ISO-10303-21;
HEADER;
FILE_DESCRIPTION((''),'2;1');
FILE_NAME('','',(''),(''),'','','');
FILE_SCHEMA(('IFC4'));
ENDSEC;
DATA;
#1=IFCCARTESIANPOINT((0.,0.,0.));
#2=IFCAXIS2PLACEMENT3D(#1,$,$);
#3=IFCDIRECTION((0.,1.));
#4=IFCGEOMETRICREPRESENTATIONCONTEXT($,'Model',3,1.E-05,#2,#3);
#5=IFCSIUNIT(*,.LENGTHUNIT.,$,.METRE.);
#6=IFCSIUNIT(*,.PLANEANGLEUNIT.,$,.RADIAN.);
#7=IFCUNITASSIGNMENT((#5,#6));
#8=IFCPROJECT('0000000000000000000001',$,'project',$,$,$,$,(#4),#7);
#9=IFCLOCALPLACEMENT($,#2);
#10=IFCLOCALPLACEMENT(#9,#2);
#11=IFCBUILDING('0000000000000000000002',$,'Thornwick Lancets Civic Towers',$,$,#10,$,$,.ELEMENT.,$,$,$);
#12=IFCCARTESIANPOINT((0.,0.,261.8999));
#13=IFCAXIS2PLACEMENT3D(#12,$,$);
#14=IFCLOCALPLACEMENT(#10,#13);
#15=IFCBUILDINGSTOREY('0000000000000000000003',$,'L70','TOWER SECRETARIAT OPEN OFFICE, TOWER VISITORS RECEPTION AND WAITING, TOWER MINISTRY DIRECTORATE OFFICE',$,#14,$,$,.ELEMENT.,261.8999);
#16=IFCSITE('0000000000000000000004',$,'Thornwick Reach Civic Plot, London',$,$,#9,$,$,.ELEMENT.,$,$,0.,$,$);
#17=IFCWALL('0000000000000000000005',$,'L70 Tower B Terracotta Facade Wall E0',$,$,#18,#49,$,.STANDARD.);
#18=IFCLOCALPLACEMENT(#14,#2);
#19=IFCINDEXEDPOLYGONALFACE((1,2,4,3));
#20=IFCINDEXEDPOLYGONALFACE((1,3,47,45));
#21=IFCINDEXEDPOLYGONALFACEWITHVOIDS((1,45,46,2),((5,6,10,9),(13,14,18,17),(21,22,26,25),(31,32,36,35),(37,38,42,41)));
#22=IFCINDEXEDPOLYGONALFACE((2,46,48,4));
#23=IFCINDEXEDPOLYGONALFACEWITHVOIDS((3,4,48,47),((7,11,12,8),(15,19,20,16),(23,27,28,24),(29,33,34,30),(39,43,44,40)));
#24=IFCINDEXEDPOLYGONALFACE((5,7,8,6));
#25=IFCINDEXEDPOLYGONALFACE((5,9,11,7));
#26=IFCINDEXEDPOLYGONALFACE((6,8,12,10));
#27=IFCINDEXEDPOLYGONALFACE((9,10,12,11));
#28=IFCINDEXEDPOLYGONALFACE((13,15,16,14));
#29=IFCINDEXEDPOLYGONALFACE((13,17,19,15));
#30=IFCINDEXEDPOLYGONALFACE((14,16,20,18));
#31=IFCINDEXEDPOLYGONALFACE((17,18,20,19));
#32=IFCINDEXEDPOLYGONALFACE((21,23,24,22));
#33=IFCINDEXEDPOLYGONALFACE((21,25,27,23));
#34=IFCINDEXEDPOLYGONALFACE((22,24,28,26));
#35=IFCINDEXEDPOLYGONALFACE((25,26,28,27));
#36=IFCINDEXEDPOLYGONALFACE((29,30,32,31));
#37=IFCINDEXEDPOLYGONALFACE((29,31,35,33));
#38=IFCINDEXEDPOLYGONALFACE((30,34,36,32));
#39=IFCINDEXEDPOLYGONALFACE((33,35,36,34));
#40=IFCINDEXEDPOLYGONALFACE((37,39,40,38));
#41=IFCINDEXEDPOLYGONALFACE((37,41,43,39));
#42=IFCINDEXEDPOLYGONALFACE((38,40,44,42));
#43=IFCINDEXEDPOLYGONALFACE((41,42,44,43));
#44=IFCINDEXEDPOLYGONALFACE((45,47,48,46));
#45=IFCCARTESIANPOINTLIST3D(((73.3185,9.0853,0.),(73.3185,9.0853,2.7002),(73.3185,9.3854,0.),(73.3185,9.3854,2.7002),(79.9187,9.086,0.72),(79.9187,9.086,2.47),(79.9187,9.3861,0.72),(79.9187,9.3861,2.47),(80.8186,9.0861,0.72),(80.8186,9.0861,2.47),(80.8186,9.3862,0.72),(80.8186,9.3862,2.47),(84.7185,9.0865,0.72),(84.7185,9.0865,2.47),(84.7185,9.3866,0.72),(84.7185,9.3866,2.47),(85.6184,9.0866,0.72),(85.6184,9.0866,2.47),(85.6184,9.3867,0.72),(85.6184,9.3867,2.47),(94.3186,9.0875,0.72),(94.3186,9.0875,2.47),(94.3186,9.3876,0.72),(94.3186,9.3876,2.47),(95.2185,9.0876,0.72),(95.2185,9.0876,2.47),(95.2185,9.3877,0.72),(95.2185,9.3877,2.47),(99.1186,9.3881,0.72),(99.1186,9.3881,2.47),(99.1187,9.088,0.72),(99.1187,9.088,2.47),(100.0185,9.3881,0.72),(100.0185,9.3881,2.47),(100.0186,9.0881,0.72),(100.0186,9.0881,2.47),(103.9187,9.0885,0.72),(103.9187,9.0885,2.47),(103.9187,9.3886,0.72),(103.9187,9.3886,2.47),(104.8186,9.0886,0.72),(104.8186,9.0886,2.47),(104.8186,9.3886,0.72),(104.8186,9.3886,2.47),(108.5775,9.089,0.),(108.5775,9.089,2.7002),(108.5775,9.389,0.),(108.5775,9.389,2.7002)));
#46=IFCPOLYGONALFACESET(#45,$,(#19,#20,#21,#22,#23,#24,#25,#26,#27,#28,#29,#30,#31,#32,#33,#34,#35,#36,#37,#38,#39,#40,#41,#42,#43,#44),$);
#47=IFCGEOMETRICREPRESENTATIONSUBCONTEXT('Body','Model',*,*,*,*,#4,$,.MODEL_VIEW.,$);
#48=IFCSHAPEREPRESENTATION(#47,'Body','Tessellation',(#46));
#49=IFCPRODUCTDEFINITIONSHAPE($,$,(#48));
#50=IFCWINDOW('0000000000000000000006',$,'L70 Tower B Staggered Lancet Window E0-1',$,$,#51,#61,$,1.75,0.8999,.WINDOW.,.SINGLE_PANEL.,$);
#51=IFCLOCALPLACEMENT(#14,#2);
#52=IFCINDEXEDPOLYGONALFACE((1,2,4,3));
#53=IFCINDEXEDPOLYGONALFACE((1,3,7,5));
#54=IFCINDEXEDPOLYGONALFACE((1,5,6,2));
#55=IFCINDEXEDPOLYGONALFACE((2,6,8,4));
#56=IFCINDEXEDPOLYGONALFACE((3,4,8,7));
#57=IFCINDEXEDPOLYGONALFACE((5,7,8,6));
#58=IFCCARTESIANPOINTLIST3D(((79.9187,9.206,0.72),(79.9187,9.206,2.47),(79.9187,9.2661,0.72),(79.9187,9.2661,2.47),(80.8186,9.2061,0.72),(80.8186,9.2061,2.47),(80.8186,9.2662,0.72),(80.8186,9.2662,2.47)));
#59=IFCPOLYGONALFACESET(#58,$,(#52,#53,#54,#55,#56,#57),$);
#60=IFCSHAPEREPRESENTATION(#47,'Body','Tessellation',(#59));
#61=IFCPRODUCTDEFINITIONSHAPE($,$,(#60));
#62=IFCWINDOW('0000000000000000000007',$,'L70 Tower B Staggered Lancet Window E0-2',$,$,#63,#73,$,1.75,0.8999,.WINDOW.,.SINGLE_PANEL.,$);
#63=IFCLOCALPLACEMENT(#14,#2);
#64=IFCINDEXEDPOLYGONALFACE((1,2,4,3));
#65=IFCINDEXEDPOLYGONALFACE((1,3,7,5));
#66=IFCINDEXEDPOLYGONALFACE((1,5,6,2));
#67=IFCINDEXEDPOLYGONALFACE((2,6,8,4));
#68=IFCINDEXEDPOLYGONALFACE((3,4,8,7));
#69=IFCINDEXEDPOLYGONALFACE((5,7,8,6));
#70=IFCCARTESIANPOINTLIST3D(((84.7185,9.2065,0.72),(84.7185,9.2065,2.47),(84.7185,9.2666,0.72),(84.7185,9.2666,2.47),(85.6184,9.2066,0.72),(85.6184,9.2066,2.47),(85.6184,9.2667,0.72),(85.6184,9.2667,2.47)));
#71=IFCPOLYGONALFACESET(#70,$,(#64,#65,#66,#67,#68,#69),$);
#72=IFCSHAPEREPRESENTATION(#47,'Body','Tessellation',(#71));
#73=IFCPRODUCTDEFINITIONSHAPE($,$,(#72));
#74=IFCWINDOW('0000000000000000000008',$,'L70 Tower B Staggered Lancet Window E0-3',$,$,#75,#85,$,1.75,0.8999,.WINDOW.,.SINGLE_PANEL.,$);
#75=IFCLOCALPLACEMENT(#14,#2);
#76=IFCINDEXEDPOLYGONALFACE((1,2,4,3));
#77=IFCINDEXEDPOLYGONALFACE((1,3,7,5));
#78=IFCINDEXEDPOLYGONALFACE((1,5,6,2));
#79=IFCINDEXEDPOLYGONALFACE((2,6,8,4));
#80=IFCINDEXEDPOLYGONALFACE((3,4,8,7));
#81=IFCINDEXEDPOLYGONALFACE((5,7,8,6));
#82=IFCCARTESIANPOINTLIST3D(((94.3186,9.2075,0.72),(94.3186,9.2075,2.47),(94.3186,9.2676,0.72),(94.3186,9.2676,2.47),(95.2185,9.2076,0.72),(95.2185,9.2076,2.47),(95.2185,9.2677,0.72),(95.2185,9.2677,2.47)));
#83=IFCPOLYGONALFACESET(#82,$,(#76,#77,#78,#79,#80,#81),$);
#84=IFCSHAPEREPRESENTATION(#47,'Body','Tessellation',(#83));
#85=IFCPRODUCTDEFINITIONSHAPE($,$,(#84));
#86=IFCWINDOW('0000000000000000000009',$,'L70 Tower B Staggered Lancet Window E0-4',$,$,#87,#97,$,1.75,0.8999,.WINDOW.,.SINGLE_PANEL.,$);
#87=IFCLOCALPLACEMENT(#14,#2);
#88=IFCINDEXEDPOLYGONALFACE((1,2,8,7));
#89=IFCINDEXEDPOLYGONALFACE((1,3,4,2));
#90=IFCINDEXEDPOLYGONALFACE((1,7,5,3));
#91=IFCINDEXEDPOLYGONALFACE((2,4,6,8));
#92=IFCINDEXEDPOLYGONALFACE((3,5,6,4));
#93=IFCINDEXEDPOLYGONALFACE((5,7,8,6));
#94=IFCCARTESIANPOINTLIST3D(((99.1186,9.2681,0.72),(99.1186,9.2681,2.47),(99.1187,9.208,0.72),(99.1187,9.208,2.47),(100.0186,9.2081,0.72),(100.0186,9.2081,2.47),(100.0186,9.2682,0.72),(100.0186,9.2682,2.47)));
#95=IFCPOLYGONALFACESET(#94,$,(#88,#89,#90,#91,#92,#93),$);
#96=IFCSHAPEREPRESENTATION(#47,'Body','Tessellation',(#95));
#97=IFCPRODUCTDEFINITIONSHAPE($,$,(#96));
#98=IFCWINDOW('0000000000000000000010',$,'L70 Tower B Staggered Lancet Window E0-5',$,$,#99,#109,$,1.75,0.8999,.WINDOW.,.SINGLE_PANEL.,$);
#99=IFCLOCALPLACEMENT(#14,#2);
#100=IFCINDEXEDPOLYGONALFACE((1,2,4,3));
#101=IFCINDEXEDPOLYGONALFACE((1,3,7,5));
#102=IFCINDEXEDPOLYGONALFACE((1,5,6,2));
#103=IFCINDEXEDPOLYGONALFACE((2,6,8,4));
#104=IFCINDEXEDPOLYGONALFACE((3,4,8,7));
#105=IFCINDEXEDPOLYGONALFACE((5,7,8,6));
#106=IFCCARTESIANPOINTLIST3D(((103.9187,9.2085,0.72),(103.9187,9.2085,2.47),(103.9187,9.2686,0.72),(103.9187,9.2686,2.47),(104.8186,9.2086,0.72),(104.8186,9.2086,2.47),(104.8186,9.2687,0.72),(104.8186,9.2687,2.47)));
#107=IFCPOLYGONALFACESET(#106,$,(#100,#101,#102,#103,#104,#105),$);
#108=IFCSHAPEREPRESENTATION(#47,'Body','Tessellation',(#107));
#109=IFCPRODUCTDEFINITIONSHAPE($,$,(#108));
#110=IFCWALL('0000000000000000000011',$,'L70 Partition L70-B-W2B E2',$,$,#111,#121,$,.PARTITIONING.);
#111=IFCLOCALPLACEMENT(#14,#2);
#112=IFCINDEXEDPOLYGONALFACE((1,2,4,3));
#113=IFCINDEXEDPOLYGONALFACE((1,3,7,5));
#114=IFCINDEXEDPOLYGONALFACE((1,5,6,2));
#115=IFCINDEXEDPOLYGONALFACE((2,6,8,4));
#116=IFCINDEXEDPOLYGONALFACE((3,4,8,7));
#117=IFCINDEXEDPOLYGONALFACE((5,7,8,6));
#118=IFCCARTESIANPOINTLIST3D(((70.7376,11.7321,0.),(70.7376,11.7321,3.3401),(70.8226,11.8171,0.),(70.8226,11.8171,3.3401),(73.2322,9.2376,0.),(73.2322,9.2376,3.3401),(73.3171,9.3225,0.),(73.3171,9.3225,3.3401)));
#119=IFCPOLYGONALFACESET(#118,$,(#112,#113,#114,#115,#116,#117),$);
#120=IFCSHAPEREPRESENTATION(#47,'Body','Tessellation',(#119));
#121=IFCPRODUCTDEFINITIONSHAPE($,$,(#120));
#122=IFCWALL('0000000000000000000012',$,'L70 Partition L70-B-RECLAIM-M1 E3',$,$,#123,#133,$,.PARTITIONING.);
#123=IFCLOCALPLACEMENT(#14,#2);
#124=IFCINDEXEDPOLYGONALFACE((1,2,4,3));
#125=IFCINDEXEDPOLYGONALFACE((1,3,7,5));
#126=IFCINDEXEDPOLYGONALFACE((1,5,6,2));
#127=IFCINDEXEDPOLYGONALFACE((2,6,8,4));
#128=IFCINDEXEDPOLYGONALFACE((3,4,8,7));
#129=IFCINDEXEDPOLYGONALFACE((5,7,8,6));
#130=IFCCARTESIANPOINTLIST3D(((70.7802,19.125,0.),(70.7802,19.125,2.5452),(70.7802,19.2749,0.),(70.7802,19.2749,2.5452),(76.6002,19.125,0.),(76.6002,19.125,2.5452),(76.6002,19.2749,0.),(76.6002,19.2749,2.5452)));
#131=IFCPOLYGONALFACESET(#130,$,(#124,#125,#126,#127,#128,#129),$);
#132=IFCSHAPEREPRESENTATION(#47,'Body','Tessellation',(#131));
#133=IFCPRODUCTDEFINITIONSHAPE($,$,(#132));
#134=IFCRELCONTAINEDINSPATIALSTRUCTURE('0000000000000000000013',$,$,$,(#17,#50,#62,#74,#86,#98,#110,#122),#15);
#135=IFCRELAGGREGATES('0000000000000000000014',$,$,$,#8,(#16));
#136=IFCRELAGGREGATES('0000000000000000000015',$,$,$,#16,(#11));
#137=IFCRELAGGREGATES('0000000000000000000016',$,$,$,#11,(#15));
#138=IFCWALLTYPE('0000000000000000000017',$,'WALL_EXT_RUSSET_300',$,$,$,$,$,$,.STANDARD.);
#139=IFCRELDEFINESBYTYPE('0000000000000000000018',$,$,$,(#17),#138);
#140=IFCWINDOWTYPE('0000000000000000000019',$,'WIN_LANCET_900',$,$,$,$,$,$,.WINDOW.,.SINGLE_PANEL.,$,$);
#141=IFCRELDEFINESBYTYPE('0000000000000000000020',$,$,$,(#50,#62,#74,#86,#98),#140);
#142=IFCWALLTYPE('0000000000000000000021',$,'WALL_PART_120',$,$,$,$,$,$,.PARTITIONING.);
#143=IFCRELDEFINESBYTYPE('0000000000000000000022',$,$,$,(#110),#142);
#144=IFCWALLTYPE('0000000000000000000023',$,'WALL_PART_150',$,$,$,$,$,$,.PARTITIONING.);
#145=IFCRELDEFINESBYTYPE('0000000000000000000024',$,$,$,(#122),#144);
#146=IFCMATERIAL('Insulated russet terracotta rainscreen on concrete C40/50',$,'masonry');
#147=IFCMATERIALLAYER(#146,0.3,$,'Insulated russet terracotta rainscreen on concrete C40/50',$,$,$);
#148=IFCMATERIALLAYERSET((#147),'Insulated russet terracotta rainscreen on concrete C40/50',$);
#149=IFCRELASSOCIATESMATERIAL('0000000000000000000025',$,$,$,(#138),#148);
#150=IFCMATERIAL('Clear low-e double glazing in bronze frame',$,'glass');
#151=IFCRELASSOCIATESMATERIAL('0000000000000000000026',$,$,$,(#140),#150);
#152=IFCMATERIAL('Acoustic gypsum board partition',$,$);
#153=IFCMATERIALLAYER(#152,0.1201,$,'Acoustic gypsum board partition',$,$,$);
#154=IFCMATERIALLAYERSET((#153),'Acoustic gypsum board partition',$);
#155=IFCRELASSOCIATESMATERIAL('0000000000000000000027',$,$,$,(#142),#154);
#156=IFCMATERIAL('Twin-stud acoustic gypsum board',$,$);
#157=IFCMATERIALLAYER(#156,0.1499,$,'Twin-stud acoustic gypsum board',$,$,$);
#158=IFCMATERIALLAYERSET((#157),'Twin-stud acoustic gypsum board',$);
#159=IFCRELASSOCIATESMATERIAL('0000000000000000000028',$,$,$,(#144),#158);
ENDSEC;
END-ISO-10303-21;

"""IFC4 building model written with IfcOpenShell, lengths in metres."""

from ifc_helpers import new_model, si_unit, direction, frame, frame_2d, origin, place, context, subcontext, project, spatial, rectangle, extrude, material, layer, layer_set, type_object, element, fill, save


model = new_model("IFC4")

# Units and contexts
model_context = context("Model", 3, precision=1e-05, world=origin(), true_north=direction((0.0, 1.0)))
body_context = subcontext(model_context, "Body", "Model", "MODEL_VIEW")
ifc_project = project(units=[si_unit("LENGTHUNIT", "METRE"), si_unit("PLANEANGLEUNIT", "RADIAN")], contexts=[model_context])

# Site, building, storey
site_placement = place(None, origin())
site = spatial("IfcSite", under=ifc_project, at=site_placement, Name="Thornwick Reach Civic Plot, London", CompositionType="ELEMENT", RefElevation=0.0)
building_placement = place(site_placement, origin())
building = spatial("IfcBuilding", under=site, at=building_placement, Name="Thornwick Lancets Civic Towers", CompositionType="ELEMENT")
storey_placement = place(building_placement, frame((0.0, 0.0, 261.8999)))
storey = spatial("IfcBuildingStorey", under=building, at=storey_placement, Name="L70", Description="TOWER SECRETARIAT OPEN OFFICE, TOWER VISITORS RECEPTION AND WAITING, TOWER MINISTRY DIRECTORATE OFFICE", CompositionType="ELEMENT", Elevation=261.8999)

# Wall, openings, windows
ifc_material_1 = material(Name="Insulated russet terracotta rainscreen on concrete C40/50", Category="masonry")
ifc_layer_1 = layer(ifc_material_1, 0.3, Name="Insulated russet terracotta rainscreen on concrete C40/50")
ifc_layer_set_1 = layer_set([ifc_layer_1], Name="Insulated russet terracotta rainscreen on concrete C40/50")
wall_type_1 = type_object("IfcWallType", Name="WALL_EXT_RUSSET_300", PredefinedType="STANDARD", material=ifc_layer_set_1)
ifc_material_2 = material(Name="Clear low-e double glazing in bronze frame", Category="glass")
window_type = type_object("IfcWindowType", Name="WIN_LANCET_900", PartitioningType="SINGLE_PANEL", PredefinedType="WINDOW", material=ifc_material_2)
wall_1_placement = place(storey_placement, frame((73.3186, 9.2354, 0.0), z_axis=(0.0, 0.0, 1.0), x_axis=(1.0, 0.000104, 0.0)))
wall_1 = element("IfcWall", 1, at=wall_1_placement, inside=storey, type_object=wall_type_1, Name="L70 Tower B Terracotta Facade Wall E0", PredefinedType="STANDARD", context=body_context, shape_type="SweptSolid", body=[
    extrude(rectangle(XDim=35.259, YDim=0.3, at=frame_2d((17.6294, 0.0))), origin(), (0.0, 0.0, 1.0), 2.7002),
])
opening_1_placement = place(wall_1_placement, frame((6.6001, 0.0, 0.72)))
opening_1 = element("IfcOpeningElement", 2, at=opening_1_placement, cuts=wall_1, PredefinedType="OPENING", context=body_context, shape_type="SweptSolid", body=[
    extrude(rectangle(XDim=0.8999, YDim=1.75, at=frame_2d((0.45, 0.875))), frame((0.0, 0.1602, 0.0), z_axis=(0.0, -1.0, 0.0), x_axis=(1.0, 0.0, 0.0)), (0.0, 0.0, 1.0), 0.3201),
])
opening_2_placement = place(wall_1_placement, frame((11.3999, 0.0, 0.72)))
opening_2 = element("IfcOpeningElement", 3, at=opening_2_placement, cuts=wall_1, PredefinedType="OPENING", context=body_context, shape_type="SweptSolid", body=[
    extrude(rectangle(XDim=0.8999, YDim=1.75, at=frame_2d((0.45, 0.875))), frame((0.0, 0.1602, 0.0), z_axis=(0.0, -1.0, 0.0), x_axis=(1.0, 0.0, 0.0)), (0.0, 0.0, 1.0), 0.3201),
])
opening_3_placement = place(wall_1_placement, frame((21.0, 0.0, 0.72)))
opening_3 = element("IfcOpeningElement", 4, at=opening_3_placement, cuts=wall_1, PredefinedType="OPENING", context=body_context, shape_type="SweptSolid", body=[
    extrude(rectangle(XDim=0.8999, YDim=1.75, at=frame_2d((0.45, 0.875))), frame((0.0, 0.1602, 0.0), z_axis=(0.0, -1.0, 0.0), x_axis=(1.0, 0.0, 0.0)), (0.0, 0.0, 1.0), 0.3201),
])
opening_4_placement = place(wall_1_placement, frame((25.8, 0.0, 0.72)))
opening_4 = element("IfcOpeningElement", 5, at=opening_4_placement, cuts=wall_1, PredefinedType="OPENING", context=body_context, shape_type="SweptSolid", body=[
    extrude(rectangle(XDim=0.8999, YDim=1.75, at=frame_2d((0.45, 0.875))), frame((0.0, 0.1602, 0.0), z_axis=(0.0, -1.0, 0.0), x_axis=(1.0, 0.0, 0.0)), (0.0, 0.0, 1.0), 0.3201),
])
opening_5_placement = place(wall_1_placement, frame((30.6001, 0.0, 0.72)))
opening_5 = element("IfcOpeningElement", 6, at=opening_5_placement, cuts=wall_1, PredefinedType="OPENING", context=body_context, shape_type="SweptSolid", body=[
    extrude(rectangle(XDim=0.8999, YDim=1.75, at=frame_2d((0.45, 0.875))), frame((0.0, 0.1602, 0.0), z_axis=(0.0, -1.0, 0.0), x_axis=(1.0, 0.0, 0.0)), (0.0, 0.0, 1.0), 0.3201),
])
window_1_placement = place(opening_1_placement, origin())
window_1 = element("IfcWindow", 7, at=window_1_placement, inside=storey, type_object=window_type, Name="L70 Tower B Staggered Lancet Window E0-1", OverallHeight=1.75, OverallWidth=0.8999, PartitioningType="SINGLE_PANEL", PredefinedType="WINDOW", context=body_context, shape_type="SweptSolid", body=[
    extrude(rectangle(XDim=0.8999, YDim=1.75, at=frame_2d((0.45, 0.875))), frame((0.0, 0.03, 0.0), z_axis=(0.0, -1.0, 0.0), x_axis=(1.0, 0.0, 0.0)), (0.0, 0.0, 1.0), 0.0601),
])
fill(opening_1, window_1)
window_2_placement = place(opening_2_placement, origin())
window_2 = element("IfcWindow", 8, at=window_2_placement, inside=storey, type_object=window_type, Name="L70 Tower B Staggered Lancet Window E0-2", OverallHeight=1.75, OverallWidth=0.8999, PartitioningType="SINGLE_PANEL", PredefinedType="WINDOW", context=body_context, shape_type="SweptSolid", body=[
    extrude(rectangle(XDim=0.8999, YDim=1.75, at=frame_2d((0.45, 0.875))), frame((0.0, 0.03, 0.0), z_axis=(0.0, -1.0, 0.0), x_axis=(1.0, 0.0, 0.0)), (0.0, 0.0, 1.0), 0.0601),
])
fill(opening_2, window_2)
window_3_placement = place(opening_3_placement, origin())
window_3 = element("IfcWindow", 9, at=window_3_placement, inside=storey, type_object=window_type, Name="L70 Tower B Staggered Lancet Window E0-3", OverallHeight=1.75, OverallWidth=0.8999, PartitioningType="SINGLE_PANEL", PredefinedType="WINDOW", context=body_context, shape_type="SweptSolid", body=[
    extrude(rectangle(XDim=0.8999, YDim=1.75, at=frame_2d((0.45, 0.875))), frame((0.0, 0.03, 0.0), z_axis=(0.0, -1.0, 0.0), x_axis=(1.0, 0.0, 0.0)), (0.0, 0.0, 1.0), 0.0601),
])
fill(opening_3, window_3)
window_4_placement = place(opening_4_placement, origin())
window_4 = element("IfcWindow", 10, at=window_4_placement, inside=storey, type_object=window_type, Name="L70 Tower B Staggered Lancet Window E0-4", OverallHeight=1.75, OverallWidth=0.8999, PartitioningType="SINGLE_PANEL", PredefinedType="WINDOW", context=body_context, shape_type="SweptSolid", body=[
    extrude(rectangle(XDim=0.8999, YDim=1.75, at=frame_2d((0.45, 0.875))), frame((0.0, 0.03, 0.0), z_axis=(0.0, -1.0, 0.0), x_axis=(1.0, 0.0, 0.0)), (0.0, 0.0, 1.0), 0.0601),
])
fill(opening_4, window_4)
window_5_placement = place(opening_5_placement, origin())
window_5 = element("IfcWindow", 11, at=window_5_placement, inside=storey, type_object=window_type, Name="L70 Tower B Staggered Lancet Window E0-5", OverallHeight=1.75, OverallWidth=0.8999, PartitioningType="SINGLE_PANEL", PredefinedType="WINDOW", context=body_context, shape_type="SweptSolid", body=[
    extrude(rectangle(XDim=0.8999, YDim=1.75, at=frame_2d((0.45, 0.875))), frame((0.0, 0.03, 0.0), z_axis=(0.0, -1.0, 0.0), x_axis=(1.0, 0.0, 0.0)), (0.0, 0.0, 1.0), 0.0601),
])
fill(opening_5, window_5)

# Walls
ifc_material_3 = material(Name="Acoustic gypsum board partition")
ifc_layer_2 = layer(ifc_material_3, 0.1201, Name="Acoustic gypsum board partition")
ifc_layer_set_2 = layer_set([ifc_layer_2], Name="Acoustic gypsum board partition")
wall_type_2 = type_object("IfcWallType", Name="WALL_PART_120", PredefinedType="PARTITIONING", material=ifc_layer_set_2)
wall_2_placement = place(storey_placement, frame((73.2747, 9.28, 0.0), z_axis=(0.0, 0.0, 1.0), x_axis=(-0.707107, 0.707107, 0.0)))
element("IfcWall", 12, at=wall_2_placement, inside=storey, type_object=wall_type_2, Name="L70 Partition L70-B-W2B E2", PredefinedType="PARTITIONING", context=body_context, shape_type="SweptSolid", body=[
    extrude(rectangle(XDim=3.5278, YDim=0.1201, at=frame_2d((1.7639, 0.0))), origin(), (0.0, 0.0, 1.0), 3.3401),
])
ifc_material_4 = material(Name="Twin-stud acoustic gypsum board")
ifc_layer_3 = layer(ifc_material_4, 0.1499, Name="Twin-stud acoustic gypsum board")
ifc_layer_set_3 = layer_set([ifc_layer_3], Name="Twin-stud acoustic gypsum board")
wall_type_3 = type_object("IfcWallType", Name="WALL_PART_150", PredefinedType="PARTITIONING", material=ifc_layer_set_3)
wall_3_placement = place(storey_placement, frame((70.78, 19.2, 0.0), z_axis=(0.0, 0.0, 1.0), x_axis=(1.0, 0.0, 0.0)))
element("IfcWall", 13, at=wall_3_placement, inside=storey, type_object=wall_type_3, Name="L70 Partition L70-B-RECLAIM-M1 E3", PredefinedType="PARTITIONING", context=body_context, shape_type="SweptSolid", body=[
    extrude(rectangle(XDim=5.8201, YDim=0.1499, at=frame_2d((2.9102, 0.0))), origin(), (0.0, 0.0, 1.0), 2.5452),
])

save(model, "model.ifc")
